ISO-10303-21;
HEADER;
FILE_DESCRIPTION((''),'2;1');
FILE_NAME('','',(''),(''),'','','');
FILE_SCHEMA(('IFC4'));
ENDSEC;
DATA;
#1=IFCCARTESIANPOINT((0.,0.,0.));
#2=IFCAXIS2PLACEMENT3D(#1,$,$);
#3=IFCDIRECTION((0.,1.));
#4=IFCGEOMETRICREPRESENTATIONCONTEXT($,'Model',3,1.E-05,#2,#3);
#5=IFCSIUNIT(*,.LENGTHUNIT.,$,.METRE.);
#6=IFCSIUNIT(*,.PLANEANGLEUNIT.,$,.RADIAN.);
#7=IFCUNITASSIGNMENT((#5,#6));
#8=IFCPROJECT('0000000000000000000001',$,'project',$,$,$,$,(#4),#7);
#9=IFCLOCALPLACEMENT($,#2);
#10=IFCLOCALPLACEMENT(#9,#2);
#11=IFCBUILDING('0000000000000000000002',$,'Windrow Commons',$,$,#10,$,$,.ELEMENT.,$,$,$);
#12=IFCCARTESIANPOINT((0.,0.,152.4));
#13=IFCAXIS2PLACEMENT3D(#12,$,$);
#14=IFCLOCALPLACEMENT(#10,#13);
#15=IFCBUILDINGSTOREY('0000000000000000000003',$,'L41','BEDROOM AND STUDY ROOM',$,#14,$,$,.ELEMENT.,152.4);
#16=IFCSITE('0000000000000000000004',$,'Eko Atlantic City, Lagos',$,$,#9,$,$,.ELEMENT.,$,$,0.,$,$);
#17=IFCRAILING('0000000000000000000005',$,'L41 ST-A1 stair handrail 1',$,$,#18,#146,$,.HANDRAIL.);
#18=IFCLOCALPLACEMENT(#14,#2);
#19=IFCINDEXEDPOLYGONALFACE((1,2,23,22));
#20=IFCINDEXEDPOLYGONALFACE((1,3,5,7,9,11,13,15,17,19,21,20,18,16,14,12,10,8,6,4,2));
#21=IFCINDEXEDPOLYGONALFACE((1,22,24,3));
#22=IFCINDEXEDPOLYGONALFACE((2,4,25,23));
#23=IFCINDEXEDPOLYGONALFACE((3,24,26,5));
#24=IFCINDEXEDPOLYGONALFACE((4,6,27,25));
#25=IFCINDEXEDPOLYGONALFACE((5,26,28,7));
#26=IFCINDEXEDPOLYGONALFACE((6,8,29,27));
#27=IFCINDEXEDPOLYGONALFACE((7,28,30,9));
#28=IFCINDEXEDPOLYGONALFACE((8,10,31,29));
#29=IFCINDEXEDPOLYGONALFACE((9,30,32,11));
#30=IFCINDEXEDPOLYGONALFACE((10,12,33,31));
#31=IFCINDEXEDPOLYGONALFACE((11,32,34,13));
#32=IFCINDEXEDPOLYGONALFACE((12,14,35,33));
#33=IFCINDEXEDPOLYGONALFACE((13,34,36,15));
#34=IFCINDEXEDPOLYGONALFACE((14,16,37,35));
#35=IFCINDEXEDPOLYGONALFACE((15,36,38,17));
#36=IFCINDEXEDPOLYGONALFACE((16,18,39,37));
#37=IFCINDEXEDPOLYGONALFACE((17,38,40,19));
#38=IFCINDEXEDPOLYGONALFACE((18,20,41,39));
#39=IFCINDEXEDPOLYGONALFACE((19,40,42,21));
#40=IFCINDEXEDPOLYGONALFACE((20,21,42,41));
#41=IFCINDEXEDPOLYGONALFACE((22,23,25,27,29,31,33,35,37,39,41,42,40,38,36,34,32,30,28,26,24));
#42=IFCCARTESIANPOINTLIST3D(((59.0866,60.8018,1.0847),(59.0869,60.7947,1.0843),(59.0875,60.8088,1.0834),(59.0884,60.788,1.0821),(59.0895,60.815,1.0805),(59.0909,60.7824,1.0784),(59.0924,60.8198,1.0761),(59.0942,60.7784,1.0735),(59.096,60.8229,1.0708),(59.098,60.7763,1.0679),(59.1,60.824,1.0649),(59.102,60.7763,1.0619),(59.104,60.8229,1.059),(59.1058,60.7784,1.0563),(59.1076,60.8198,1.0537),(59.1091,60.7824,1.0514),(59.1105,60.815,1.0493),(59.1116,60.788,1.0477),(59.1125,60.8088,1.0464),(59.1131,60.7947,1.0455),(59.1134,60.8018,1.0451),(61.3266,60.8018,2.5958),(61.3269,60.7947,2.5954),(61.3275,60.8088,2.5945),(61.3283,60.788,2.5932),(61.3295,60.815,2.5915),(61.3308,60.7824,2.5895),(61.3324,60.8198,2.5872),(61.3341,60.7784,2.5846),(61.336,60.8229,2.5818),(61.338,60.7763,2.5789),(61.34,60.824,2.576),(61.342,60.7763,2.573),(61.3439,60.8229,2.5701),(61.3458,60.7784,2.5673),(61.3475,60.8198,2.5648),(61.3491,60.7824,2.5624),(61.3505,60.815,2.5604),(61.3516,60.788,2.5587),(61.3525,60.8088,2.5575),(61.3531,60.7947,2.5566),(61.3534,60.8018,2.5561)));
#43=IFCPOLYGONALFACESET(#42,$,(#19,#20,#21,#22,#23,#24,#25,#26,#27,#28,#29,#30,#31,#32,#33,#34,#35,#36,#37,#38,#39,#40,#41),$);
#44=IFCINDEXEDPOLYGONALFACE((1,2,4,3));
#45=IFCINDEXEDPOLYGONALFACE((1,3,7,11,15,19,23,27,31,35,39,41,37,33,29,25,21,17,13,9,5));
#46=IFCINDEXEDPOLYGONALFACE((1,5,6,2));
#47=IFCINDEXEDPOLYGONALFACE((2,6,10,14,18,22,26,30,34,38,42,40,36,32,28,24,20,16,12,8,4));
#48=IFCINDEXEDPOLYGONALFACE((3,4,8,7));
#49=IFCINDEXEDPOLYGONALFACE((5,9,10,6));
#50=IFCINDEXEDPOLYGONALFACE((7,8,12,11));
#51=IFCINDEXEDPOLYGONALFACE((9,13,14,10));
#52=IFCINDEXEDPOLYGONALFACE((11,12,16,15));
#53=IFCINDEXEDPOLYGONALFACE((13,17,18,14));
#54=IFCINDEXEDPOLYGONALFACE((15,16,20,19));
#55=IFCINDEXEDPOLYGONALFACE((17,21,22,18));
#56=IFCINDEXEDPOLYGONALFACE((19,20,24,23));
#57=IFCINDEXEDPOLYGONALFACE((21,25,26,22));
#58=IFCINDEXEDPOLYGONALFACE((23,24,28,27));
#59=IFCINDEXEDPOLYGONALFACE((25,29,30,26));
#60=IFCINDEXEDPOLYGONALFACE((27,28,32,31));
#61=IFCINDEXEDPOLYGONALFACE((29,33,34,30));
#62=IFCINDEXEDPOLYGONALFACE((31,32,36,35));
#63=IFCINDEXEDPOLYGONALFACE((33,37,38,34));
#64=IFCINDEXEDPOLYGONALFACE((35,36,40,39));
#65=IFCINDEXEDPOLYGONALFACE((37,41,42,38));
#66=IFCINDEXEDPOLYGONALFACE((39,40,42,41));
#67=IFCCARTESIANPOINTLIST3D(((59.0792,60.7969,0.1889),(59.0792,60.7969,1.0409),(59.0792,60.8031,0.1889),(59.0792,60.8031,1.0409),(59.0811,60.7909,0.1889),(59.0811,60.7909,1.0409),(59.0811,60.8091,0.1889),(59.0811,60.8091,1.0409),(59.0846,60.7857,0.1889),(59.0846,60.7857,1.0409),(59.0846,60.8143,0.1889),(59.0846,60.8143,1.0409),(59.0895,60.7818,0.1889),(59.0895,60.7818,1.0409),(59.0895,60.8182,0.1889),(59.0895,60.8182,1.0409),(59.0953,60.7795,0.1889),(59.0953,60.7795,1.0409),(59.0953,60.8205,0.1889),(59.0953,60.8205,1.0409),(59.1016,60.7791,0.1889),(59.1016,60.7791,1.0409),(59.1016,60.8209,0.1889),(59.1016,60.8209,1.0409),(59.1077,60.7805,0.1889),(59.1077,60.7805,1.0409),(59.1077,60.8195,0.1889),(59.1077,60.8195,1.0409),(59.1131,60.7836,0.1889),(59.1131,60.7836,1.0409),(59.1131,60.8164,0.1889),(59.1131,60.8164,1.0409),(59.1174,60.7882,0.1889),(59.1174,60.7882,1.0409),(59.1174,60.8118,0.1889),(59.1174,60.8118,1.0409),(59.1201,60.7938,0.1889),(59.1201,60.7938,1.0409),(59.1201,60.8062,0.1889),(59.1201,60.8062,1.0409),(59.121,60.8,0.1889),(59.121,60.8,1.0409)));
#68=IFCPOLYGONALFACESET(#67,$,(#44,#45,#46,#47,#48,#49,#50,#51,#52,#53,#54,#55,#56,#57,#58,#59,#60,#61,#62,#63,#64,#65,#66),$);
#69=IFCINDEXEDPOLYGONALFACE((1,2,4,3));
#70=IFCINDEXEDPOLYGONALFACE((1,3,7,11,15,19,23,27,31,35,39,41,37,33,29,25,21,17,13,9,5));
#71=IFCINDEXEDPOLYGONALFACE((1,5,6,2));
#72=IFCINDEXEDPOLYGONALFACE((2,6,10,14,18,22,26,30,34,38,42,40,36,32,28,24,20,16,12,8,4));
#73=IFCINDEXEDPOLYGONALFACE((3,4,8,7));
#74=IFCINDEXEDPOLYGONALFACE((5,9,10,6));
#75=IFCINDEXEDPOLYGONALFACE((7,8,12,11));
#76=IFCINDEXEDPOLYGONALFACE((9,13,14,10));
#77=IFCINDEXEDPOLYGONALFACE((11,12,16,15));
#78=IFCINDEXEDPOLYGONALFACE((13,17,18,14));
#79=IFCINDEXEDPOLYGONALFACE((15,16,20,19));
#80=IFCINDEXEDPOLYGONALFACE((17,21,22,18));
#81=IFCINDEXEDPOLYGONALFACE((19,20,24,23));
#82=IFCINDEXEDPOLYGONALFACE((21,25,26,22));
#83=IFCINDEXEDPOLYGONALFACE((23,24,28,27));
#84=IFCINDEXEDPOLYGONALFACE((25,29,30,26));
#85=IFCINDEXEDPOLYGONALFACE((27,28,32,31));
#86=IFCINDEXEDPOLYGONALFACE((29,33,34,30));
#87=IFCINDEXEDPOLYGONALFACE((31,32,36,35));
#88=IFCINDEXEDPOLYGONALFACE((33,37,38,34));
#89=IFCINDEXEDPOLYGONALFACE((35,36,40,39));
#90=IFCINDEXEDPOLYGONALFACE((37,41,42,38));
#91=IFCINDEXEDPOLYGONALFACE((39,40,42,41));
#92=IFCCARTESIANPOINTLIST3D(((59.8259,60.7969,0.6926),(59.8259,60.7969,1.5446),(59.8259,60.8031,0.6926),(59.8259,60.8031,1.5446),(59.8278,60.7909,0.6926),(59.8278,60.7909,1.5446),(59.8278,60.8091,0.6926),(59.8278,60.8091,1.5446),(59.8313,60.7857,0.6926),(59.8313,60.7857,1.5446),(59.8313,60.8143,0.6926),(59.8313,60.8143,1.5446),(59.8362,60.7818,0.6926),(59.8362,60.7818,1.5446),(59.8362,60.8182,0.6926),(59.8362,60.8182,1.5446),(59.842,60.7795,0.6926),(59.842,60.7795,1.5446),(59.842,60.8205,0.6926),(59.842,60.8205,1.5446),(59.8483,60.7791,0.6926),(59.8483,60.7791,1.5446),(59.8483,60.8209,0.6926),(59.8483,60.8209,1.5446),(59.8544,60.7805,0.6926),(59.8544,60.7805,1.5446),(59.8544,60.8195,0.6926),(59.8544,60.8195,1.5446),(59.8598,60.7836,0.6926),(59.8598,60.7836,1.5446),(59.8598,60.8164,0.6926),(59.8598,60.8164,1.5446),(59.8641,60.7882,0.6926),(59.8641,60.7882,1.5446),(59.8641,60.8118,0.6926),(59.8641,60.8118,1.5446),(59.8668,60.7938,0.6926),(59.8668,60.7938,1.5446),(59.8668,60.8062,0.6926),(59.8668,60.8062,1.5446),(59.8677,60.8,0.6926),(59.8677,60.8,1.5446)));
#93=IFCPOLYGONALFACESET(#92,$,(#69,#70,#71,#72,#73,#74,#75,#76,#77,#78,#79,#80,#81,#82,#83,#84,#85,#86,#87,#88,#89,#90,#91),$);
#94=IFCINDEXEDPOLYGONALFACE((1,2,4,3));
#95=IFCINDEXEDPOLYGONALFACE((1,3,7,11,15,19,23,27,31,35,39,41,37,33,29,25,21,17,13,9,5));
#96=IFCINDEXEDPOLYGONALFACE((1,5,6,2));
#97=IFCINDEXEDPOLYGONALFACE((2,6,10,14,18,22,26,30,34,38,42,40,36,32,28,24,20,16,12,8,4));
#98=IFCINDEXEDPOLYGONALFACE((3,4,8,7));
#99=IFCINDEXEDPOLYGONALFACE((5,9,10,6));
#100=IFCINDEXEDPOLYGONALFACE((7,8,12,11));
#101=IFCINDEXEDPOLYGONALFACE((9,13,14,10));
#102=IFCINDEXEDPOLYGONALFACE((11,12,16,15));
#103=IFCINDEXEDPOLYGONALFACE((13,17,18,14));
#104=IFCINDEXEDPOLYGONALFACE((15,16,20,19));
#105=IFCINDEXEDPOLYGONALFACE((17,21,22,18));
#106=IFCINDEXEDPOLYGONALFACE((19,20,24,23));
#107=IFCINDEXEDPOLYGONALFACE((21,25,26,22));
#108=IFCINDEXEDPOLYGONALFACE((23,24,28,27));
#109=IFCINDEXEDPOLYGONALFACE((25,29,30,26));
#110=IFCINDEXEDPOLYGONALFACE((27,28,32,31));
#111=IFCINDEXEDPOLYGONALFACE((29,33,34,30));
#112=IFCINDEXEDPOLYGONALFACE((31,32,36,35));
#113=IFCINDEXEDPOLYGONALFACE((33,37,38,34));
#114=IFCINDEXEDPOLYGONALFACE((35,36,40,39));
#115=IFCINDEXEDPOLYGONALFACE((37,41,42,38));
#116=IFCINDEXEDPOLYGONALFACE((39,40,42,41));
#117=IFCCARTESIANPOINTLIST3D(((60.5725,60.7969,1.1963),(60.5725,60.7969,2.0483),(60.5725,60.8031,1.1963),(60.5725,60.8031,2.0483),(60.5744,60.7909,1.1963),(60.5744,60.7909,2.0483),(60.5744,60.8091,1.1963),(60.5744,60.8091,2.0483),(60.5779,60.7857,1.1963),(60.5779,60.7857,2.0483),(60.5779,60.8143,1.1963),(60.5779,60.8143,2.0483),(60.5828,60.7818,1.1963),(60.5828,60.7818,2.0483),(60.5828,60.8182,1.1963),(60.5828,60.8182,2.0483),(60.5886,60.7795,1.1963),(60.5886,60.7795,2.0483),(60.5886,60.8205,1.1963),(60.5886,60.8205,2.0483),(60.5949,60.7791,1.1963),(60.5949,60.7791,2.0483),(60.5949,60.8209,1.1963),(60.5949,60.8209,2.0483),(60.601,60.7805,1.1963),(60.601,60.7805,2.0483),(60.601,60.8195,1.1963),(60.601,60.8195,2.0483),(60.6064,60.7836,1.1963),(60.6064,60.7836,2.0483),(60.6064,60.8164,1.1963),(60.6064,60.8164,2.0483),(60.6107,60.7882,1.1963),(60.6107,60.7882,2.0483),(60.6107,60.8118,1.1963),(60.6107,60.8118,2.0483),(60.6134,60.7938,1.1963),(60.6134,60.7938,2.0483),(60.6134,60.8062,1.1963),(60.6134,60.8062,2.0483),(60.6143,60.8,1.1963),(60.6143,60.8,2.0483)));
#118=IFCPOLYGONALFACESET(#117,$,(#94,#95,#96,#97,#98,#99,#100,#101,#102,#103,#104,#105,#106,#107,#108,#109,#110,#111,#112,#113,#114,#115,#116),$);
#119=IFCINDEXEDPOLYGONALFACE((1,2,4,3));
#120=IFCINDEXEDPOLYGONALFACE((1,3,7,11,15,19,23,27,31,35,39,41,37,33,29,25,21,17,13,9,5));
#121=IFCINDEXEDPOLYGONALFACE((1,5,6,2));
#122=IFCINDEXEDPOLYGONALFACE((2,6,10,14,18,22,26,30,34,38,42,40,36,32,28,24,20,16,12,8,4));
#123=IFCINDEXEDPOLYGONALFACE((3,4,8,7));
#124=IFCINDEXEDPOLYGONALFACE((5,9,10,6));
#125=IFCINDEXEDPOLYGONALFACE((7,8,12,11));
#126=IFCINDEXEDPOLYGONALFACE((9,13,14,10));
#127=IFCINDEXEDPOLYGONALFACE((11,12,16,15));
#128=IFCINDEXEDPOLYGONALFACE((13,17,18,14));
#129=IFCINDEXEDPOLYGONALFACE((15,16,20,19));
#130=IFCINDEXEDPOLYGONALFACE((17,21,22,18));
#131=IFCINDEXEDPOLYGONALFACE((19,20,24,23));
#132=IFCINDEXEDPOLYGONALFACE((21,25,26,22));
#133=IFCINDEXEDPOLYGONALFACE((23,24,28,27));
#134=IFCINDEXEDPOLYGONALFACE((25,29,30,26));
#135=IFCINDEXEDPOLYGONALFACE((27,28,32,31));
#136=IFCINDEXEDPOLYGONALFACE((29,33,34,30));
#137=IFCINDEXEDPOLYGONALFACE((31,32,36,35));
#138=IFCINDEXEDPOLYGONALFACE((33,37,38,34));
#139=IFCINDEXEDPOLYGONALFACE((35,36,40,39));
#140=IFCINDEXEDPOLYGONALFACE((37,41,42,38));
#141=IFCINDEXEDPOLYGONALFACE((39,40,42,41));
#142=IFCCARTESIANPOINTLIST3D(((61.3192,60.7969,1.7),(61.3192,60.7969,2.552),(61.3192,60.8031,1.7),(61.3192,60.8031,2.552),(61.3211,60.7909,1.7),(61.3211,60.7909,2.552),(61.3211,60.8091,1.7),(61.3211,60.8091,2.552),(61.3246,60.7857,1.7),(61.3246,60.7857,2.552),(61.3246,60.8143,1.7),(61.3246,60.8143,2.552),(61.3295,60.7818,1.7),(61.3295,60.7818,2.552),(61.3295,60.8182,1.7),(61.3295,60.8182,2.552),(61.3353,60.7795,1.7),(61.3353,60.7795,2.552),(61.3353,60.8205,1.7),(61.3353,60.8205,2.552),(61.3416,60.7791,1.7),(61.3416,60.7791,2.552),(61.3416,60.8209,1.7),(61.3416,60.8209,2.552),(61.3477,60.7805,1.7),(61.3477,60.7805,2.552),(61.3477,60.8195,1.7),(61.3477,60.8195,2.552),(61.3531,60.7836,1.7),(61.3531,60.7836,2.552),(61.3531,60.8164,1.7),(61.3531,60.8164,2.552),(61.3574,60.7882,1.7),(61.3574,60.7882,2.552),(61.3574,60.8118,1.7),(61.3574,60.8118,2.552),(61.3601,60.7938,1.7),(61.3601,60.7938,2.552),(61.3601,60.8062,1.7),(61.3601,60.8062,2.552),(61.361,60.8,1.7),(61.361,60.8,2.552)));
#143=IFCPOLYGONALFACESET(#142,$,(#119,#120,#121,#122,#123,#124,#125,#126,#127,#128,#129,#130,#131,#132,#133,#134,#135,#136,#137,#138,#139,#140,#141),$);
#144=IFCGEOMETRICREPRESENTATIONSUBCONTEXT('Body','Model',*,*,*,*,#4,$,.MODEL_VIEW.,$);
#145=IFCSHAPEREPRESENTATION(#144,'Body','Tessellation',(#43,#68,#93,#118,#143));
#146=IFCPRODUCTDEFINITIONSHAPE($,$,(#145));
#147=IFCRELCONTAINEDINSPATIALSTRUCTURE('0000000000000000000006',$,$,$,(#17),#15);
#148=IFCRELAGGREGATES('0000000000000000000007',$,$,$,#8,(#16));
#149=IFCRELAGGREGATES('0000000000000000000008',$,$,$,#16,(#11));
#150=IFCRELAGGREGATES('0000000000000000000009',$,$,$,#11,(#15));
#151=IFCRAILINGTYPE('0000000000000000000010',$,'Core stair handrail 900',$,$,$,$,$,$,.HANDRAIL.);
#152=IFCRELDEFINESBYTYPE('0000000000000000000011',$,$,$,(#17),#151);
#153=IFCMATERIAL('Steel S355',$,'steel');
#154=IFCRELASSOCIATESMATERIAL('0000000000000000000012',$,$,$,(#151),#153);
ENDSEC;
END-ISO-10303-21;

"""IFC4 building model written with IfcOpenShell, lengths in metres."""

from ifc_helpers import new_model, si_unit, direction, frame, origin, origin_2d, place, context, subcontext, project, spatial, circle, extrude, material, type_object, element, save


model = new_model("IFC4")

# Units and contexts
model_context = context("Model", 3, precision=1e-05, world=origin(), true_north=direction((0.0, 1.0)))
body_context = subcontext(model_context, "Body", "Model", "MODEL_VIEW")
ifc_project = project(units=[si_unit("LENGTHUNIT", "METRE"), si_unit("PLANEANGLEUNIT", "RADIAN")], contexts=[model_context])

# Site, building, storey
site_placement = place(None, origin())
site = spatial("IfcSite", under=ifc_project, at=site_placement, Name="Eko Atlantic City, Lagos", CompositionType="ELEMENT", RefElevation=0.0)
building_placement = place(site_placement, origin())
building = spatial("IfcBuilding", under=site, at=building_placement, Name="Windrow Commons", CompositionType="ELEMENT")
storey_placement = place(building_placement, frame((0.0, 0.0, 152.4)))
storey = spatial("IfcBuildingStorey", under=building, at=storey_placement, Name="L41", Description="BEDROOM AND STUDY ROOM", CompositionType="ELEMENT", Elevation=152.4)

# Railing
ifc_material_1 = material(Name="Steel S355", Category="steel")
railing_type_1 = type_object("IfcRailingType", Name="Core stair handrail 900", PredefinedType="HANDRAIL", material=ifc_material_1)
railing_1_placement = place(storey_placement, frame((59.1, 60.8, 0.1889)))
element("IfcRailing", 1, at=railing_1_placement, inside=storey, type_object=railing_type_1, Name="L41 ST-A1 stair handrail 1", PredefinedType="HANDRAIL", context=body_context, shape_type="SweptSolid", body=[
    extrude(circle(Radius=0.024, at=origin_2d()), frame((0.0, 0.0, 0.876), z_axis=(0.829003, 0.0, 0.559244), x_axis=(0.0, 1.0, 0.0)), (0.0, 0.0, 1.0), 2.702),
    extrude(circle(Radius=0.021, at=origin_2d()), origin(), (0.0, 0.0, 1.0), 0.852),
    extrude(circle(Radius=0.021, at=origin_2d()), frame((0.7467, 0.0, 0.5037)), (0.0, 0.0, 1.0), 0.852),
    extrude(circle(Radius=0.021, at=origin_2d()), frame((1.4933, 0.0, 1.0074)), (0.0, 0.0, 1.0), 0.852),
    extrude(circle(Radius=0.021, at=origin_2d()), frame((2.24, 0.0, 1.5111)), (0.0, 0.0, 1.0), 0.852),
])

save(model, "model.ifc")
